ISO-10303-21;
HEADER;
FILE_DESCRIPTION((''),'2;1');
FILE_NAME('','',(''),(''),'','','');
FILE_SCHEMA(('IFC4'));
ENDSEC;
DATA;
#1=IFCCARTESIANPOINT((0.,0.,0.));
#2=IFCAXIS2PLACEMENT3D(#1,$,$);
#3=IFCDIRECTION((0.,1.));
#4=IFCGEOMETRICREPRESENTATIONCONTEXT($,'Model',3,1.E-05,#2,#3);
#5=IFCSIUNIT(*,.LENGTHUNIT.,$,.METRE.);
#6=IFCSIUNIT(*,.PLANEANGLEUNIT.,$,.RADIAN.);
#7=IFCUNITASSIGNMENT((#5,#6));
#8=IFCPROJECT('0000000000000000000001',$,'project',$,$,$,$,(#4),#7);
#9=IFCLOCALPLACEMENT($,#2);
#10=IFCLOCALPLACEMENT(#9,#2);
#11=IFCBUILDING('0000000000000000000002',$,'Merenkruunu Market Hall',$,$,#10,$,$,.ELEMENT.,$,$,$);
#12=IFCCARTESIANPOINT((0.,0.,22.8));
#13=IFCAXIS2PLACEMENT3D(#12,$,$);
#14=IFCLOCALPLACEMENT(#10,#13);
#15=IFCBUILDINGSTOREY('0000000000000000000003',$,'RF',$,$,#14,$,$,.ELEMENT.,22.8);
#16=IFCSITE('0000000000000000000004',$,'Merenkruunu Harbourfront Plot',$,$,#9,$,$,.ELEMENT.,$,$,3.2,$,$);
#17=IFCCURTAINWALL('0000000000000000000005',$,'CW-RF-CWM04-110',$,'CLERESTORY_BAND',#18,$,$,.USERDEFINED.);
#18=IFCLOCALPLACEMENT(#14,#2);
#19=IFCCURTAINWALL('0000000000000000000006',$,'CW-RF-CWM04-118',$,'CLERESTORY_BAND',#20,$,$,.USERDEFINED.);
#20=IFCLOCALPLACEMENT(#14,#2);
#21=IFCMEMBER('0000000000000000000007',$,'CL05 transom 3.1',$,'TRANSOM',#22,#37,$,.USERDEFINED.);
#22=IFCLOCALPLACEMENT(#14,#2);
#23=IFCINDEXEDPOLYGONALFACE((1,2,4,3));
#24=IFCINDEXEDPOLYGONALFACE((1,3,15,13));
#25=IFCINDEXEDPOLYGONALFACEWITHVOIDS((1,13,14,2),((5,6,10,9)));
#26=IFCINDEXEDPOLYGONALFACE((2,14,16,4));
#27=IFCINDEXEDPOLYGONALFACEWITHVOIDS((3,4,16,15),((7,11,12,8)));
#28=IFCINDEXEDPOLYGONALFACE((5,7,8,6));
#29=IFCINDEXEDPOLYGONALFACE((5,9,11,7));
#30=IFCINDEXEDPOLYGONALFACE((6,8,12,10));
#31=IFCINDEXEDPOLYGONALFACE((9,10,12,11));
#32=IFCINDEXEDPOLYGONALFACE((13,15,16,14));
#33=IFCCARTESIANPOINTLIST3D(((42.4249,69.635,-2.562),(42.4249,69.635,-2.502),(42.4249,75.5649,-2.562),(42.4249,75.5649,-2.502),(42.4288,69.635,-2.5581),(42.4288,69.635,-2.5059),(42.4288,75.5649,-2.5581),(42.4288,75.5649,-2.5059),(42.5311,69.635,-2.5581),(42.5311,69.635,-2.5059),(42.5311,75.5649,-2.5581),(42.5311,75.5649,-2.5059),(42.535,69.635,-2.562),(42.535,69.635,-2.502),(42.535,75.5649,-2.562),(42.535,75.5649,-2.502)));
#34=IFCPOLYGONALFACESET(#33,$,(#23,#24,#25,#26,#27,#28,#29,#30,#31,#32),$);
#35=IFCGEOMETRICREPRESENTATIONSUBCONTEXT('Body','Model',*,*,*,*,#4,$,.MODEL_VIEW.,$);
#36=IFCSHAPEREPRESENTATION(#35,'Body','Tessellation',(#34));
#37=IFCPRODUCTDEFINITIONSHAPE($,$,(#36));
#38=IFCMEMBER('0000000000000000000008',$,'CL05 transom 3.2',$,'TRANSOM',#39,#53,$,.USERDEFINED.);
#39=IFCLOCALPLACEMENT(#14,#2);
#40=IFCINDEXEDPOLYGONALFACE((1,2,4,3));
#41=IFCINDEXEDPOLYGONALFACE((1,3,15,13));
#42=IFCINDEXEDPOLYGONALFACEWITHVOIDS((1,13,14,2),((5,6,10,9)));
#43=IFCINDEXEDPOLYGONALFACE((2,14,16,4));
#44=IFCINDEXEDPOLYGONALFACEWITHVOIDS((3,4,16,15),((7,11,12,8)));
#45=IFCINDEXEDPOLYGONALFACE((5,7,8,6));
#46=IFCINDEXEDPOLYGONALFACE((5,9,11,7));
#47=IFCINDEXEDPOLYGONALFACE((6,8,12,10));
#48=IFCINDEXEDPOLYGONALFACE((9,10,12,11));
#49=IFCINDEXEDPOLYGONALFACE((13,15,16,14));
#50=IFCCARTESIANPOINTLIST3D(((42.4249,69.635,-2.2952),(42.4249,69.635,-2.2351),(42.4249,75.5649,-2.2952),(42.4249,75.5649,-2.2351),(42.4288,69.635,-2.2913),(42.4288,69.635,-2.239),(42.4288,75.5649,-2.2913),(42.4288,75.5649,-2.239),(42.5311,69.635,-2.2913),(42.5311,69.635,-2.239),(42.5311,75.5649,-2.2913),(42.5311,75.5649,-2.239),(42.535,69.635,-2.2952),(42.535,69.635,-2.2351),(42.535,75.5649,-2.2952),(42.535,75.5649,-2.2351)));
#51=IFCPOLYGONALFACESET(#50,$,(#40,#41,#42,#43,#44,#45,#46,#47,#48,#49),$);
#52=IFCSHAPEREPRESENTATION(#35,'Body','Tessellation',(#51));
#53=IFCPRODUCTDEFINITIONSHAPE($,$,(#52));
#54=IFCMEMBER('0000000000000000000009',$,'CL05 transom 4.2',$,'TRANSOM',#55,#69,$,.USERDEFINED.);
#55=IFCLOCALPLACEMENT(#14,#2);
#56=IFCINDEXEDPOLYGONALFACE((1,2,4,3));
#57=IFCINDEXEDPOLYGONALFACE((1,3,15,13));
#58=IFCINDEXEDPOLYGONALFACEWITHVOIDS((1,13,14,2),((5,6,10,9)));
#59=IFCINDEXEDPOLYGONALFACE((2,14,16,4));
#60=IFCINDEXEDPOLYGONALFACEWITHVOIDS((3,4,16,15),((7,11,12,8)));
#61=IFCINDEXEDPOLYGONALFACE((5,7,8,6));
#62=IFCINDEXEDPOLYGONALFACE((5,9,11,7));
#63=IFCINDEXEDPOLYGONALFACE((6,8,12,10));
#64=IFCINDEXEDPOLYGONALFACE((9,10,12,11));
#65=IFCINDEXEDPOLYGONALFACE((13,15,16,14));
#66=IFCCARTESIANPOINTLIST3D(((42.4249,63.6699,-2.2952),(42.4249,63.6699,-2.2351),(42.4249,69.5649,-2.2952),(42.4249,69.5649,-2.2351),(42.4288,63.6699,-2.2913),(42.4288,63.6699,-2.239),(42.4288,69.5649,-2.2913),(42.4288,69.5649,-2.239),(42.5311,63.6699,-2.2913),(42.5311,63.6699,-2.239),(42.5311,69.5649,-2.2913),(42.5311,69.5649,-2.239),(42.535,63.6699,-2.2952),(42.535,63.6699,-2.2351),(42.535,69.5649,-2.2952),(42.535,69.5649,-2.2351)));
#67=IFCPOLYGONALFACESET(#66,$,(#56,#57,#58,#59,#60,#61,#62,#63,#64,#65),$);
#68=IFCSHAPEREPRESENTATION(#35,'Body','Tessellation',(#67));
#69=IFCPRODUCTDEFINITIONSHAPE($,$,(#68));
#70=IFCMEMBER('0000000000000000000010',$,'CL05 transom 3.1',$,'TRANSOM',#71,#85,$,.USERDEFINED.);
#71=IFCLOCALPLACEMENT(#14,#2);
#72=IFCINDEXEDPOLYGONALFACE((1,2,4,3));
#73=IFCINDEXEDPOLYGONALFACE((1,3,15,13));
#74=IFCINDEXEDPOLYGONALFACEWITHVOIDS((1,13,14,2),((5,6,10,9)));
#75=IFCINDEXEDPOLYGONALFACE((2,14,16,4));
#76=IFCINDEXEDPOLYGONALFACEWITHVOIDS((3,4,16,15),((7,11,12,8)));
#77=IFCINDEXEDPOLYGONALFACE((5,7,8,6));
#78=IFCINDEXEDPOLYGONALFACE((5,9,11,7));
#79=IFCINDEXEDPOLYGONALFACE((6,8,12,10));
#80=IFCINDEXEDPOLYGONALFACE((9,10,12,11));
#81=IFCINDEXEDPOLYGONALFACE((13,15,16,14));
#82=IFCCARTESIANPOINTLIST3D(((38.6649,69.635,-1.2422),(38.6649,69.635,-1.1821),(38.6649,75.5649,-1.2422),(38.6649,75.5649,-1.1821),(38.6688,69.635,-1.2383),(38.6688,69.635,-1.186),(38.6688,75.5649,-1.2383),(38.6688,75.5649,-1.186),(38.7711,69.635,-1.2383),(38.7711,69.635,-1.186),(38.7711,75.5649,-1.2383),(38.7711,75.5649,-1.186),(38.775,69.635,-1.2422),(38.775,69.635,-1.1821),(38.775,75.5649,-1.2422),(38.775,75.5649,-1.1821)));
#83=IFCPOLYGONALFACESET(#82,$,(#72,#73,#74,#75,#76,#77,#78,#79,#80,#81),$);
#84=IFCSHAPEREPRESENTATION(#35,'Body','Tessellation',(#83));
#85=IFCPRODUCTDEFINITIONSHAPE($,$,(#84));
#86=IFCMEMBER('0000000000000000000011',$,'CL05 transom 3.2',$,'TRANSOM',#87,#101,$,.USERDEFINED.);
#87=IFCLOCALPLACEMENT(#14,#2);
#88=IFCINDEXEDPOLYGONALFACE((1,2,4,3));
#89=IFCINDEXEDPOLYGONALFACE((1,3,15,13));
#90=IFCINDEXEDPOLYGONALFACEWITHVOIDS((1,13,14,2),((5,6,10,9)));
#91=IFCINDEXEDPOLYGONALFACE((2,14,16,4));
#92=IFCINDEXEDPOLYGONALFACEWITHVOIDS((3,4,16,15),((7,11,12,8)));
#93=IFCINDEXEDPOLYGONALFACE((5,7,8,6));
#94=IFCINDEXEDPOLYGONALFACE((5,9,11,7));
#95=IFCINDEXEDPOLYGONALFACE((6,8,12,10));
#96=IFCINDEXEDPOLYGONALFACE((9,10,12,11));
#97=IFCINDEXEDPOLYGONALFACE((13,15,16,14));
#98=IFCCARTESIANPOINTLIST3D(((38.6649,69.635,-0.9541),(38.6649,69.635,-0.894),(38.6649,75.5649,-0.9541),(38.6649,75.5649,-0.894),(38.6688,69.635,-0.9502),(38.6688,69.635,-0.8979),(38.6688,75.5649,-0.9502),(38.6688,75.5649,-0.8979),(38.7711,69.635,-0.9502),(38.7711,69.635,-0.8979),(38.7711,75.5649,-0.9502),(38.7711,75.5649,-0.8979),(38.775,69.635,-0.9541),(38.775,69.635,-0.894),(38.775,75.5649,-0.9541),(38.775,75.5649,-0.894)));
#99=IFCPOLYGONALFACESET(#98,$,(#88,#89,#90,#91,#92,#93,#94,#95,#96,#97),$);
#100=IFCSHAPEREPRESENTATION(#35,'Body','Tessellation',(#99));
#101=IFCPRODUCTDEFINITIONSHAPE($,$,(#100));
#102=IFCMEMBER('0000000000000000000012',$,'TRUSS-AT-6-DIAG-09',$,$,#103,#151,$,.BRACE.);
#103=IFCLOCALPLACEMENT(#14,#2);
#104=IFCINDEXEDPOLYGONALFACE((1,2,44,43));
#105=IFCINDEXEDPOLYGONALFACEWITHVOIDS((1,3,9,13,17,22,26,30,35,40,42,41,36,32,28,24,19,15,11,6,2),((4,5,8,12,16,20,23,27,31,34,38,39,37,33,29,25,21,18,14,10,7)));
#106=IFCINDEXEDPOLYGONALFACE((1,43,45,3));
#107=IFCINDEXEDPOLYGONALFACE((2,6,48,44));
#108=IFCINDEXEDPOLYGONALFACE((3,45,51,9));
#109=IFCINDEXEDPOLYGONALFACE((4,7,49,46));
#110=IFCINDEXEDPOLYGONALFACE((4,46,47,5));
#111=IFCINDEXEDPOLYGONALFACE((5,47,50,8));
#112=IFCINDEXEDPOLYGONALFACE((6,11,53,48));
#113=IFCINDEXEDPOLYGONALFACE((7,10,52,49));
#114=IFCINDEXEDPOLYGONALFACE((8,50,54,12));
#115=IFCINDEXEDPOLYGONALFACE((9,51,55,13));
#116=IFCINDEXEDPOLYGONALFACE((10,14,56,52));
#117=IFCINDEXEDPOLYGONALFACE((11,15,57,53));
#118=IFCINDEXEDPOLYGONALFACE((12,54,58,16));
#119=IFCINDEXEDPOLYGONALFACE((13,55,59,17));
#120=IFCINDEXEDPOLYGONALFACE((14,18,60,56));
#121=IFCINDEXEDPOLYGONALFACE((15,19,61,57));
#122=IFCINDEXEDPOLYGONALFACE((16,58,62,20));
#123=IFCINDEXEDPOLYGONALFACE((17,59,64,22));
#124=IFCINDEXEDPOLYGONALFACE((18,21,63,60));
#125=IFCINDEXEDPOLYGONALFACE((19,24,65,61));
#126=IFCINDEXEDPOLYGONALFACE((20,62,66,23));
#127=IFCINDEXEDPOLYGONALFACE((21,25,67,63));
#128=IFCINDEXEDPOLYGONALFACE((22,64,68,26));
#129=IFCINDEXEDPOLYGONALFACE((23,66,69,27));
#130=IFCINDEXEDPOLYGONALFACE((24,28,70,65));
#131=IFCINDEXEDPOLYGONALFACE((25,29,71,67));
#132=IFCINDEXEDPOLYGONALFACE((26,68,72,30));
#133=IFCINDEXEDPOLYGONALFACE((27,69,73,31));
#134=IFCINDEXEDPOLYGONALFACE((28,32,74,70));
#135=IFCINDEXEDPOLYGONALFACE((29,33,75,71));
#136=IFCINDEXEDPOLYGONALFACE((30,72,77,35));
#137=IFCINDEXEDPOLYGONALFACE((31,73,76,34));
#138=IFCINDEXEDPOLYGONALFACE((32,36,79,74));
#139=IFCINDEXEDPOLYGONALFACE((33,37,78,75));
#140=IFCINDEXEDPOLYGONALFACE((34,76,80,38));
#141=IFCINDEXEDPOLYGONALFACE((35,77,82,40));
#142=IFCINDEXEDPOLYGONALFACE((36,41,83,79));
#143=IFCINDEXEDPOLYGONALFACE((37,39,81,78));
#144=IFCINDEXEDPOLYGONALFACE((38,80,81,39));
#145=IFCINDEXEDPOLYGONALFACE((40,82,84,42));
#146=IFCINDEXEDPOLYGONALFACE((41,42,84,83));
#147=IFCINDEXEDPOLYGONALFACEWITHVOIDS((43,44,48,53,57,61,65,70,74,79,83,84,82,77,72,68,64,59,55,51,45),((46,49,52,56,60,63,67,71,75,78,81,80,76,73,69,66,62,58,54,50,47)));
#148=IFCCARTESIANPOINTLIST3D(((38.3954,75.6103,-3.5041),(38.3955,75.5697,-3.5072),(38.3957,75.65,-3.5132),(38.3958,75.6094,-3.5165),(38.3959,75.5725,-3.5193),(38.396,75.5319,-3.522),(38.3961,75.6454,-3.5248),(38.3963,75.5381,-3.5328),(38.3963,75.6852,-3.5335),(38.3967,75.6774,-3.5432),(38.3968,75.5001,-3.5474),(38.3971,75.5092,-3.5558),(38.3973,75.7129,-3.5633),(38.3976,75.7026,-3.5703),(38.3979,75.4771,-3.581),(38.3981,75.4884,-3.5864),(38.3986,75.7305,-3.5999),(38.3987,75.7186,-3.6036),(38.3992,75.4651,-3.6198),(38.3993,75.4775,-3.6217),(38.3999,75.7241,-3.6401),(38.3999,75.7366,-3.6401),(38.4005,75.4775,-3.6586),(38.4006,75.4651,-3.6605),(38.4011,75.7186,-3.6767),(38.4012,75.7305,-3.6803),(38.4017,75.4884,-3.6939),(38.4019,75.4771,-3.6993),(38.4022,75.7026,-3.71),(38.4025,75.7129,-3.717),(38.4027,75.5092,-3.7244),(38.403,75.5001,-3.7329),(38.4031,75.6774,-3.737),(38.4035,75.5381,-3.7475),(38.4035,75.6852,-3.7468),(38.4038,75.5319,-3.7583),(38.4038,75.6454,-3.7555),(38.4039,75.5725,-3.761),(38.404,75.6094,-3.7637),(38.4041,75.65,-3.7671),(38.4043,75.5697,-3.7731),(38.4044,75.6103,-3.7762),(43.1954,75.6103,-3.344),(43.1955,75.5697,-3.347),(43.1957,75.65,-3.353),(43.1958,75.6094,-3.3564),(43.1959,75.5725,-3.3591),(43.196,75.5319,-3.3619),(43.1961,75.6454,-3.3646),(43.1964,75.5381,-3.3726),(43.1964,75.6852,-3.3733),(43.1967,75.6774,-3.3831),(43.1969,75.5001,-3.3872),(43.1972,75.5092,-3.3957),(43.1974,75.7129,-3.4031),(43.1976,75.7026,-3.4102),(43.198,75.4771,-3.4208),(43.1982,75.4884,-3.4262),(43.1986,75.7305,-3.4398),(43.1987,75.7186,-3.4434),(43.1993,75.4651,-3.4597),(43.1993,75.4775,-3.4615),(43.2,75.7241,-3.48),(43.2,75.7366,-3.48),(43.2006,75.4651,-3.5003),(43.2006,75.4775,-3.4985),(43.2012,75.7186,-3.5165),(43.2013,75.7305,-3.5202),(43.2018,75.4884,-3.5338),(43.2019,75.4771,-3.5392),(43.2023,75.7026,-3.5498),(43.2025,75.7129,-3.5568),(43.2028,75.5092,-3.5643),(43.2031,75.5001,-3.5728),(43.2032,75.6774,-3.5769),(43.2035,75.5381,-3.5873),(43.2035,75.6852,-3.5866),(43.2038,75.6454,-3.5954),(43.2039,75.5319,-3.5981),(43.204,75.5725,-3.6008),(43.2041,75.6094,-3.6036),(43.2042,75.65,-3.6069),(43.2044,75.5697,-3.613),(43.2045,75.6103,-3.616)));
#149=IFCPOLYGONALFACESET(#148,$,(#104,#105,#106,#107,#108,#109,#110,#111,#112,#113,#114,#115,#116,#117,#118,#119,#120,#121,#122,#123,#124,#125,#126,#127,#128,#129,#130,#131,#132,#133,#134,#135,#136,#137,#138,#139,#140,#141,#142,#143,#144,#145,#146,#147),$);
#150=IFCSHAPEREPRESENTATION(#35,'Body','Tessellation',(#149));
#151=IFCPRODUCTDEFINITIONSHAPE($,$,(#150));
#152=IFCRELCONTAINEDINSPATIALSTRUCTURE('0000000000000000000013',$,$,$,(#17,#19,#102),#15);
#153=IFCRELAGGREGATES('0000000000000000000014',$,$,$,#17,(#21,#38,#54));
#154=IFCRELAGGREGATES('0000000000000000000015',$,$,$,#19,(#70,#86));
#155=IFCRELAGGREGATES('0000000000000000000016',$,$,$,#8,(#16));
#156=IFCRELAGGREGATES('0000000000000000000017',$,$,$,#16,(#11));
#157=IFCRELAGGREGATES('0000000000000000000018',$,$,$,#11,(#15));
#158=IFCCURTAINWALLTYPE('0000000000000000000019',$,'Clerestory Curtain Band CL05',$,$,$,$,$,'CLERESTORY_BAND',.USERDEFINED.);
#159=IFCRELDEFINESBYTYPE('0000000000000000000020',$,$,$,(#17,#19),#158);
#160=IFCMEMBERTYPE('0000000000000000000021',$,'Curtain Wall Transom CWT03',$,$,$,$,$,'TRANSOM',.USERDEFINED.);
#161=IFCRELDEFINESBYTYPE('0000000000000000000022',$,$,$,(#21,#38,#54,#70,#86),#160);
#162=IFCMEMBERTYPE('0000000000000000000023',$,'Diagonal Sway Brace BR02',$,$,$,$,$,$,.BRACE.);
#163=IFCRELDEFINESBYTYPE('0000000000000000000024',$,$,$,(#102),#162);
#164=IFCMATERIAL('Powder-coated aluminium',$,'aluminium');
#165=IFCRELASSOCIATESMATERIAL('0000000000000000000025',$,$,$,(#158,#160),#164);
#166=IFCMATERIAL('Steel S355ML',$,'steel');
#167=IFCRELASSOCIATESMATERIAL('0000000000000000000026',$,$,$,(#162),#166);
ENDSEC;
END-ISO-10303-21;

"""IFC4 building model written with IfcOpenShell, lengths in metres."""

from ifc_helpers import new_model, si_unit, direction, frame, origin, origin_2d, place, context, subcontext, project, spatial, hollow_rectangle, hollow_circle, extrude, material, material_profile, profile_set, type_object, element, aggregate, save


model = new_model("IFC4")

# Units and contexts
model_context = context("Model", 3, precision=1e-05, world=origin(), true_north=direction((0.0, 1.0)))
body_context = subcontext(model_context, "Body", "Model", "MODEL_VIEW")
ifc_project = project(units=[si_unit("LENGTHUNIT", "METRE"), si_unit("PLANEANGLEUNIT", "RADIAN")], contexts=[model_context])

# Site, building, storey
site_placement = place(None, origin())
site = spatial("IfcSite", under=ifc_project, at=site_placement, Name="Merenkruunu Harbourfront Plot", CompositionType="ELEMENT", RefElevation=3.2)
building_placement = place(site_placement, origin())
building = spatial("IfcBuilding", under=site, at=building_placement, Name="Merenkruunu Market Hall", CompositionType="ELEMENT")
storey_placement = place(building_placement, frame((0.0, 0.0, 22.8)))
storey = spatial("IfcBuildingStorey", under=building, at=storey_placement, Name="RF", CompositionType="ELEMENT", Elevation=22.8)

# Shared definitions
ifc_material_1 = material(Name="Steel S355ML", Category="steel")

# Curtain walls
ifc_material_2 = material(Name="Powder-coated aluminium", Category="aluminium")
curtain_wall_type = type_object("IfcCurtainWallType", Name="Clerestory Curtain Band CL05", ElementType="CLERESTORY_BAND", PredefinedType="USERDEFINED", material=ifc_material_2)
curtain_wall_1_placement = place(storey_placement, origin())
curtain_wall_1 = element("IfcCurtainWall", 1, at=curtain_wall_1_placement, inside=storey, type_object=curtain_wall_type, Name="CW-RF-CWM04-110", ObjectType="CLERESTORY_BAND", PredefinedType="USERDEFINED")
curtain_wall_2_placement = place(storey_placement, origin())
curtain_wall_2 = element("IfcCurtainWall", 2, at=curtain_wall_2_placement, inside=storey, type_object=curtain_wall_type, Name="CW-RF-CWM04-118", ObjectType="CLERESTORY_BAND", PredefinedType="USERDEFINED")

# Members
ifc_material_profile_1 = material_profile(ifc_material_2, hollow_rectangle(XDim=0.0601, YDim=0.1101, WallThickness=0.0039, at=origin_2d()), Name="ALU 60x110x4")
ifc_profile_set_1 = profile_set([ifc_material_profile_1], Name="Powder-coated aluminium")
member_type_1 = type_object("IfcMemberType", Name="Curtain Wall Transom CWT03", ElementType="TRANSOM", PredefinedType="USERDEFINED", material=ifc_profile_set_1)
member_1_placement = place(storey_placement, frame((42.48, 75.5649, -2.532), z_axis=(0.0, -1.0, 0.0), x_axis=(0.0, 0.0, 1.0)))
member_1 = element("IfcMember", 3, at=member_1_placement, type_object=member_type_1, Name="CL05 transom 3.1", ObjectType="TRANSOM", PredefinedType="USERDEFINED", context=body_context, shape_type="SweptSolid", body=[
    extrude(hollow_rectangle(XDim=0.0601, YDim=0.1101, WallThickness=0.0039, at=origin_2d()), origin(), (0.0, 0.0, 1.0), 5.9299),
])
member_2_placement = place(storey_placement, frame((42.48, 75.5649, -2.2651), z_axis=(0.0, -1.0, 0.0), x_axis=(0.0, 0.0, 1.0)))
member_2 = element("IfcMember", 4, at=member_2_placement, type_object=member_type_1, Name="CL05 transom 3.2", ObjectType="TRANSOM", PredefinedType="USERDEFINED", context=body_context, shape_type="SweptSolid", body=[
    extrude(hollow_rectangle(XDim=0.0601, YDim=0.1101, WallThickness=0.0039, at=origin_2d()), origin(), (0.0, 0.0, 1.0), 5.9299),
])
member_3_placement = place(storey_placement, frame((42.48, 69.5649, -2.2651), z_axis=(0.0, -1.0, 0.0), x_axis=(0.0, 0.0, 1.0)))
member_3 = element("IfcMember", 5, at=member_3_placement, type_object=member_type_1, Name="CL05 transom 4.2", ObjectType="TRANSOM", PredefinedType="USERDEFINED", context=body_context, shape_type="SweptSolid", body=[
    extrude(hollow_rectangle(XDim=0.0601, YDim=0.1101, WallThickness=0.0039, at=origin_2d()), origin(), (0.0, 0.0, 1.0), 5.895),
])
member_4_placement = place(storey_placement, frame((38.72, 75.5649, -1.2122), z_axis=(0.0, -1.0, 0.0), x_axis=(0.0, 0.0, 1.0)))
member_4 = element("IfcMember", 6, at=member_4_placement, type_object=member_type_1, Name="CL05 transom 3.1", ObjectType="TRANSOM", PredefinedType="USERDEFINED", context=body_context, shape_type="SweptSolid", body=[
    extrude(hollow_rectangle(XDim=0.0601, YDim=0.1101, WallThickness=0.0039, at=origin_2d()), origin(), (0.0, 0.0, 1.0), 5.9299),
])
member_5_placement = place(storey_placement, frame((38.72, 75.5649, -0.9241), z_axis=(0.0, -1.0, 0.0), x_axis=(0.0, 0.0, 1.0)))
member_5 = element("IfcMember", 7, at=member_5_placement, type_object=member_type_1, Name="CL05 transom 3.2", ObjectType="TRANSOM", PredefinedType="USERDEFINED", context=body_context, shape_type="SweptSolid", body=[
    extrude(hollow_rectangle(XDim=0.0601, YDim=0.1101, WallThickness=0.0039, at=origin_2d()), origin(), (0.0, 0.0, 1.0), 5.9299),
])

# Member
ifc_material_profile_2 = material_profile(ifc_material_1, hollow_circle(Radius=0.1365, WallThickness=0.0125, at=origin_2d()), Name="CHS 273x12.5")
ifc_profile_set_2 = profile_set([ifc_material_profile_2], Name="Steel S355ML")
member_type_2 = type_object("IfcMemberType", Name="Diagonal Sway Brace BR02", PredefinedType="BRACE", material=ifc_profile_set_2)
member_6_placement = place(storey_placement, frame((38.3999, 75.6001, -3.6401), z_axis=(0.999444, 0.0, 0.033347), x_axis=(0.0, 1.0, 0.0)))
element("IfcMember", 8, at=member_6_placement, inside=storey, type_object=member_type_2, Name="TRUSS-AT-6-DIAG-09", PredefinedType="BRACE", context=body_context, shape_type="SweptSolid", body=[
    extrude(hollow_circle(Radius=0.1365, WallThickness=0.0125, at=origin_2d()), origin(), (0.0, 0.0, 1.0), 4.8027),
])

aggregate(curtain_wall_1, [member_1, member_2, member_3])
aggregate(curtain_wall_2, [member_4, member_5])

save(model, "model.ifc")
